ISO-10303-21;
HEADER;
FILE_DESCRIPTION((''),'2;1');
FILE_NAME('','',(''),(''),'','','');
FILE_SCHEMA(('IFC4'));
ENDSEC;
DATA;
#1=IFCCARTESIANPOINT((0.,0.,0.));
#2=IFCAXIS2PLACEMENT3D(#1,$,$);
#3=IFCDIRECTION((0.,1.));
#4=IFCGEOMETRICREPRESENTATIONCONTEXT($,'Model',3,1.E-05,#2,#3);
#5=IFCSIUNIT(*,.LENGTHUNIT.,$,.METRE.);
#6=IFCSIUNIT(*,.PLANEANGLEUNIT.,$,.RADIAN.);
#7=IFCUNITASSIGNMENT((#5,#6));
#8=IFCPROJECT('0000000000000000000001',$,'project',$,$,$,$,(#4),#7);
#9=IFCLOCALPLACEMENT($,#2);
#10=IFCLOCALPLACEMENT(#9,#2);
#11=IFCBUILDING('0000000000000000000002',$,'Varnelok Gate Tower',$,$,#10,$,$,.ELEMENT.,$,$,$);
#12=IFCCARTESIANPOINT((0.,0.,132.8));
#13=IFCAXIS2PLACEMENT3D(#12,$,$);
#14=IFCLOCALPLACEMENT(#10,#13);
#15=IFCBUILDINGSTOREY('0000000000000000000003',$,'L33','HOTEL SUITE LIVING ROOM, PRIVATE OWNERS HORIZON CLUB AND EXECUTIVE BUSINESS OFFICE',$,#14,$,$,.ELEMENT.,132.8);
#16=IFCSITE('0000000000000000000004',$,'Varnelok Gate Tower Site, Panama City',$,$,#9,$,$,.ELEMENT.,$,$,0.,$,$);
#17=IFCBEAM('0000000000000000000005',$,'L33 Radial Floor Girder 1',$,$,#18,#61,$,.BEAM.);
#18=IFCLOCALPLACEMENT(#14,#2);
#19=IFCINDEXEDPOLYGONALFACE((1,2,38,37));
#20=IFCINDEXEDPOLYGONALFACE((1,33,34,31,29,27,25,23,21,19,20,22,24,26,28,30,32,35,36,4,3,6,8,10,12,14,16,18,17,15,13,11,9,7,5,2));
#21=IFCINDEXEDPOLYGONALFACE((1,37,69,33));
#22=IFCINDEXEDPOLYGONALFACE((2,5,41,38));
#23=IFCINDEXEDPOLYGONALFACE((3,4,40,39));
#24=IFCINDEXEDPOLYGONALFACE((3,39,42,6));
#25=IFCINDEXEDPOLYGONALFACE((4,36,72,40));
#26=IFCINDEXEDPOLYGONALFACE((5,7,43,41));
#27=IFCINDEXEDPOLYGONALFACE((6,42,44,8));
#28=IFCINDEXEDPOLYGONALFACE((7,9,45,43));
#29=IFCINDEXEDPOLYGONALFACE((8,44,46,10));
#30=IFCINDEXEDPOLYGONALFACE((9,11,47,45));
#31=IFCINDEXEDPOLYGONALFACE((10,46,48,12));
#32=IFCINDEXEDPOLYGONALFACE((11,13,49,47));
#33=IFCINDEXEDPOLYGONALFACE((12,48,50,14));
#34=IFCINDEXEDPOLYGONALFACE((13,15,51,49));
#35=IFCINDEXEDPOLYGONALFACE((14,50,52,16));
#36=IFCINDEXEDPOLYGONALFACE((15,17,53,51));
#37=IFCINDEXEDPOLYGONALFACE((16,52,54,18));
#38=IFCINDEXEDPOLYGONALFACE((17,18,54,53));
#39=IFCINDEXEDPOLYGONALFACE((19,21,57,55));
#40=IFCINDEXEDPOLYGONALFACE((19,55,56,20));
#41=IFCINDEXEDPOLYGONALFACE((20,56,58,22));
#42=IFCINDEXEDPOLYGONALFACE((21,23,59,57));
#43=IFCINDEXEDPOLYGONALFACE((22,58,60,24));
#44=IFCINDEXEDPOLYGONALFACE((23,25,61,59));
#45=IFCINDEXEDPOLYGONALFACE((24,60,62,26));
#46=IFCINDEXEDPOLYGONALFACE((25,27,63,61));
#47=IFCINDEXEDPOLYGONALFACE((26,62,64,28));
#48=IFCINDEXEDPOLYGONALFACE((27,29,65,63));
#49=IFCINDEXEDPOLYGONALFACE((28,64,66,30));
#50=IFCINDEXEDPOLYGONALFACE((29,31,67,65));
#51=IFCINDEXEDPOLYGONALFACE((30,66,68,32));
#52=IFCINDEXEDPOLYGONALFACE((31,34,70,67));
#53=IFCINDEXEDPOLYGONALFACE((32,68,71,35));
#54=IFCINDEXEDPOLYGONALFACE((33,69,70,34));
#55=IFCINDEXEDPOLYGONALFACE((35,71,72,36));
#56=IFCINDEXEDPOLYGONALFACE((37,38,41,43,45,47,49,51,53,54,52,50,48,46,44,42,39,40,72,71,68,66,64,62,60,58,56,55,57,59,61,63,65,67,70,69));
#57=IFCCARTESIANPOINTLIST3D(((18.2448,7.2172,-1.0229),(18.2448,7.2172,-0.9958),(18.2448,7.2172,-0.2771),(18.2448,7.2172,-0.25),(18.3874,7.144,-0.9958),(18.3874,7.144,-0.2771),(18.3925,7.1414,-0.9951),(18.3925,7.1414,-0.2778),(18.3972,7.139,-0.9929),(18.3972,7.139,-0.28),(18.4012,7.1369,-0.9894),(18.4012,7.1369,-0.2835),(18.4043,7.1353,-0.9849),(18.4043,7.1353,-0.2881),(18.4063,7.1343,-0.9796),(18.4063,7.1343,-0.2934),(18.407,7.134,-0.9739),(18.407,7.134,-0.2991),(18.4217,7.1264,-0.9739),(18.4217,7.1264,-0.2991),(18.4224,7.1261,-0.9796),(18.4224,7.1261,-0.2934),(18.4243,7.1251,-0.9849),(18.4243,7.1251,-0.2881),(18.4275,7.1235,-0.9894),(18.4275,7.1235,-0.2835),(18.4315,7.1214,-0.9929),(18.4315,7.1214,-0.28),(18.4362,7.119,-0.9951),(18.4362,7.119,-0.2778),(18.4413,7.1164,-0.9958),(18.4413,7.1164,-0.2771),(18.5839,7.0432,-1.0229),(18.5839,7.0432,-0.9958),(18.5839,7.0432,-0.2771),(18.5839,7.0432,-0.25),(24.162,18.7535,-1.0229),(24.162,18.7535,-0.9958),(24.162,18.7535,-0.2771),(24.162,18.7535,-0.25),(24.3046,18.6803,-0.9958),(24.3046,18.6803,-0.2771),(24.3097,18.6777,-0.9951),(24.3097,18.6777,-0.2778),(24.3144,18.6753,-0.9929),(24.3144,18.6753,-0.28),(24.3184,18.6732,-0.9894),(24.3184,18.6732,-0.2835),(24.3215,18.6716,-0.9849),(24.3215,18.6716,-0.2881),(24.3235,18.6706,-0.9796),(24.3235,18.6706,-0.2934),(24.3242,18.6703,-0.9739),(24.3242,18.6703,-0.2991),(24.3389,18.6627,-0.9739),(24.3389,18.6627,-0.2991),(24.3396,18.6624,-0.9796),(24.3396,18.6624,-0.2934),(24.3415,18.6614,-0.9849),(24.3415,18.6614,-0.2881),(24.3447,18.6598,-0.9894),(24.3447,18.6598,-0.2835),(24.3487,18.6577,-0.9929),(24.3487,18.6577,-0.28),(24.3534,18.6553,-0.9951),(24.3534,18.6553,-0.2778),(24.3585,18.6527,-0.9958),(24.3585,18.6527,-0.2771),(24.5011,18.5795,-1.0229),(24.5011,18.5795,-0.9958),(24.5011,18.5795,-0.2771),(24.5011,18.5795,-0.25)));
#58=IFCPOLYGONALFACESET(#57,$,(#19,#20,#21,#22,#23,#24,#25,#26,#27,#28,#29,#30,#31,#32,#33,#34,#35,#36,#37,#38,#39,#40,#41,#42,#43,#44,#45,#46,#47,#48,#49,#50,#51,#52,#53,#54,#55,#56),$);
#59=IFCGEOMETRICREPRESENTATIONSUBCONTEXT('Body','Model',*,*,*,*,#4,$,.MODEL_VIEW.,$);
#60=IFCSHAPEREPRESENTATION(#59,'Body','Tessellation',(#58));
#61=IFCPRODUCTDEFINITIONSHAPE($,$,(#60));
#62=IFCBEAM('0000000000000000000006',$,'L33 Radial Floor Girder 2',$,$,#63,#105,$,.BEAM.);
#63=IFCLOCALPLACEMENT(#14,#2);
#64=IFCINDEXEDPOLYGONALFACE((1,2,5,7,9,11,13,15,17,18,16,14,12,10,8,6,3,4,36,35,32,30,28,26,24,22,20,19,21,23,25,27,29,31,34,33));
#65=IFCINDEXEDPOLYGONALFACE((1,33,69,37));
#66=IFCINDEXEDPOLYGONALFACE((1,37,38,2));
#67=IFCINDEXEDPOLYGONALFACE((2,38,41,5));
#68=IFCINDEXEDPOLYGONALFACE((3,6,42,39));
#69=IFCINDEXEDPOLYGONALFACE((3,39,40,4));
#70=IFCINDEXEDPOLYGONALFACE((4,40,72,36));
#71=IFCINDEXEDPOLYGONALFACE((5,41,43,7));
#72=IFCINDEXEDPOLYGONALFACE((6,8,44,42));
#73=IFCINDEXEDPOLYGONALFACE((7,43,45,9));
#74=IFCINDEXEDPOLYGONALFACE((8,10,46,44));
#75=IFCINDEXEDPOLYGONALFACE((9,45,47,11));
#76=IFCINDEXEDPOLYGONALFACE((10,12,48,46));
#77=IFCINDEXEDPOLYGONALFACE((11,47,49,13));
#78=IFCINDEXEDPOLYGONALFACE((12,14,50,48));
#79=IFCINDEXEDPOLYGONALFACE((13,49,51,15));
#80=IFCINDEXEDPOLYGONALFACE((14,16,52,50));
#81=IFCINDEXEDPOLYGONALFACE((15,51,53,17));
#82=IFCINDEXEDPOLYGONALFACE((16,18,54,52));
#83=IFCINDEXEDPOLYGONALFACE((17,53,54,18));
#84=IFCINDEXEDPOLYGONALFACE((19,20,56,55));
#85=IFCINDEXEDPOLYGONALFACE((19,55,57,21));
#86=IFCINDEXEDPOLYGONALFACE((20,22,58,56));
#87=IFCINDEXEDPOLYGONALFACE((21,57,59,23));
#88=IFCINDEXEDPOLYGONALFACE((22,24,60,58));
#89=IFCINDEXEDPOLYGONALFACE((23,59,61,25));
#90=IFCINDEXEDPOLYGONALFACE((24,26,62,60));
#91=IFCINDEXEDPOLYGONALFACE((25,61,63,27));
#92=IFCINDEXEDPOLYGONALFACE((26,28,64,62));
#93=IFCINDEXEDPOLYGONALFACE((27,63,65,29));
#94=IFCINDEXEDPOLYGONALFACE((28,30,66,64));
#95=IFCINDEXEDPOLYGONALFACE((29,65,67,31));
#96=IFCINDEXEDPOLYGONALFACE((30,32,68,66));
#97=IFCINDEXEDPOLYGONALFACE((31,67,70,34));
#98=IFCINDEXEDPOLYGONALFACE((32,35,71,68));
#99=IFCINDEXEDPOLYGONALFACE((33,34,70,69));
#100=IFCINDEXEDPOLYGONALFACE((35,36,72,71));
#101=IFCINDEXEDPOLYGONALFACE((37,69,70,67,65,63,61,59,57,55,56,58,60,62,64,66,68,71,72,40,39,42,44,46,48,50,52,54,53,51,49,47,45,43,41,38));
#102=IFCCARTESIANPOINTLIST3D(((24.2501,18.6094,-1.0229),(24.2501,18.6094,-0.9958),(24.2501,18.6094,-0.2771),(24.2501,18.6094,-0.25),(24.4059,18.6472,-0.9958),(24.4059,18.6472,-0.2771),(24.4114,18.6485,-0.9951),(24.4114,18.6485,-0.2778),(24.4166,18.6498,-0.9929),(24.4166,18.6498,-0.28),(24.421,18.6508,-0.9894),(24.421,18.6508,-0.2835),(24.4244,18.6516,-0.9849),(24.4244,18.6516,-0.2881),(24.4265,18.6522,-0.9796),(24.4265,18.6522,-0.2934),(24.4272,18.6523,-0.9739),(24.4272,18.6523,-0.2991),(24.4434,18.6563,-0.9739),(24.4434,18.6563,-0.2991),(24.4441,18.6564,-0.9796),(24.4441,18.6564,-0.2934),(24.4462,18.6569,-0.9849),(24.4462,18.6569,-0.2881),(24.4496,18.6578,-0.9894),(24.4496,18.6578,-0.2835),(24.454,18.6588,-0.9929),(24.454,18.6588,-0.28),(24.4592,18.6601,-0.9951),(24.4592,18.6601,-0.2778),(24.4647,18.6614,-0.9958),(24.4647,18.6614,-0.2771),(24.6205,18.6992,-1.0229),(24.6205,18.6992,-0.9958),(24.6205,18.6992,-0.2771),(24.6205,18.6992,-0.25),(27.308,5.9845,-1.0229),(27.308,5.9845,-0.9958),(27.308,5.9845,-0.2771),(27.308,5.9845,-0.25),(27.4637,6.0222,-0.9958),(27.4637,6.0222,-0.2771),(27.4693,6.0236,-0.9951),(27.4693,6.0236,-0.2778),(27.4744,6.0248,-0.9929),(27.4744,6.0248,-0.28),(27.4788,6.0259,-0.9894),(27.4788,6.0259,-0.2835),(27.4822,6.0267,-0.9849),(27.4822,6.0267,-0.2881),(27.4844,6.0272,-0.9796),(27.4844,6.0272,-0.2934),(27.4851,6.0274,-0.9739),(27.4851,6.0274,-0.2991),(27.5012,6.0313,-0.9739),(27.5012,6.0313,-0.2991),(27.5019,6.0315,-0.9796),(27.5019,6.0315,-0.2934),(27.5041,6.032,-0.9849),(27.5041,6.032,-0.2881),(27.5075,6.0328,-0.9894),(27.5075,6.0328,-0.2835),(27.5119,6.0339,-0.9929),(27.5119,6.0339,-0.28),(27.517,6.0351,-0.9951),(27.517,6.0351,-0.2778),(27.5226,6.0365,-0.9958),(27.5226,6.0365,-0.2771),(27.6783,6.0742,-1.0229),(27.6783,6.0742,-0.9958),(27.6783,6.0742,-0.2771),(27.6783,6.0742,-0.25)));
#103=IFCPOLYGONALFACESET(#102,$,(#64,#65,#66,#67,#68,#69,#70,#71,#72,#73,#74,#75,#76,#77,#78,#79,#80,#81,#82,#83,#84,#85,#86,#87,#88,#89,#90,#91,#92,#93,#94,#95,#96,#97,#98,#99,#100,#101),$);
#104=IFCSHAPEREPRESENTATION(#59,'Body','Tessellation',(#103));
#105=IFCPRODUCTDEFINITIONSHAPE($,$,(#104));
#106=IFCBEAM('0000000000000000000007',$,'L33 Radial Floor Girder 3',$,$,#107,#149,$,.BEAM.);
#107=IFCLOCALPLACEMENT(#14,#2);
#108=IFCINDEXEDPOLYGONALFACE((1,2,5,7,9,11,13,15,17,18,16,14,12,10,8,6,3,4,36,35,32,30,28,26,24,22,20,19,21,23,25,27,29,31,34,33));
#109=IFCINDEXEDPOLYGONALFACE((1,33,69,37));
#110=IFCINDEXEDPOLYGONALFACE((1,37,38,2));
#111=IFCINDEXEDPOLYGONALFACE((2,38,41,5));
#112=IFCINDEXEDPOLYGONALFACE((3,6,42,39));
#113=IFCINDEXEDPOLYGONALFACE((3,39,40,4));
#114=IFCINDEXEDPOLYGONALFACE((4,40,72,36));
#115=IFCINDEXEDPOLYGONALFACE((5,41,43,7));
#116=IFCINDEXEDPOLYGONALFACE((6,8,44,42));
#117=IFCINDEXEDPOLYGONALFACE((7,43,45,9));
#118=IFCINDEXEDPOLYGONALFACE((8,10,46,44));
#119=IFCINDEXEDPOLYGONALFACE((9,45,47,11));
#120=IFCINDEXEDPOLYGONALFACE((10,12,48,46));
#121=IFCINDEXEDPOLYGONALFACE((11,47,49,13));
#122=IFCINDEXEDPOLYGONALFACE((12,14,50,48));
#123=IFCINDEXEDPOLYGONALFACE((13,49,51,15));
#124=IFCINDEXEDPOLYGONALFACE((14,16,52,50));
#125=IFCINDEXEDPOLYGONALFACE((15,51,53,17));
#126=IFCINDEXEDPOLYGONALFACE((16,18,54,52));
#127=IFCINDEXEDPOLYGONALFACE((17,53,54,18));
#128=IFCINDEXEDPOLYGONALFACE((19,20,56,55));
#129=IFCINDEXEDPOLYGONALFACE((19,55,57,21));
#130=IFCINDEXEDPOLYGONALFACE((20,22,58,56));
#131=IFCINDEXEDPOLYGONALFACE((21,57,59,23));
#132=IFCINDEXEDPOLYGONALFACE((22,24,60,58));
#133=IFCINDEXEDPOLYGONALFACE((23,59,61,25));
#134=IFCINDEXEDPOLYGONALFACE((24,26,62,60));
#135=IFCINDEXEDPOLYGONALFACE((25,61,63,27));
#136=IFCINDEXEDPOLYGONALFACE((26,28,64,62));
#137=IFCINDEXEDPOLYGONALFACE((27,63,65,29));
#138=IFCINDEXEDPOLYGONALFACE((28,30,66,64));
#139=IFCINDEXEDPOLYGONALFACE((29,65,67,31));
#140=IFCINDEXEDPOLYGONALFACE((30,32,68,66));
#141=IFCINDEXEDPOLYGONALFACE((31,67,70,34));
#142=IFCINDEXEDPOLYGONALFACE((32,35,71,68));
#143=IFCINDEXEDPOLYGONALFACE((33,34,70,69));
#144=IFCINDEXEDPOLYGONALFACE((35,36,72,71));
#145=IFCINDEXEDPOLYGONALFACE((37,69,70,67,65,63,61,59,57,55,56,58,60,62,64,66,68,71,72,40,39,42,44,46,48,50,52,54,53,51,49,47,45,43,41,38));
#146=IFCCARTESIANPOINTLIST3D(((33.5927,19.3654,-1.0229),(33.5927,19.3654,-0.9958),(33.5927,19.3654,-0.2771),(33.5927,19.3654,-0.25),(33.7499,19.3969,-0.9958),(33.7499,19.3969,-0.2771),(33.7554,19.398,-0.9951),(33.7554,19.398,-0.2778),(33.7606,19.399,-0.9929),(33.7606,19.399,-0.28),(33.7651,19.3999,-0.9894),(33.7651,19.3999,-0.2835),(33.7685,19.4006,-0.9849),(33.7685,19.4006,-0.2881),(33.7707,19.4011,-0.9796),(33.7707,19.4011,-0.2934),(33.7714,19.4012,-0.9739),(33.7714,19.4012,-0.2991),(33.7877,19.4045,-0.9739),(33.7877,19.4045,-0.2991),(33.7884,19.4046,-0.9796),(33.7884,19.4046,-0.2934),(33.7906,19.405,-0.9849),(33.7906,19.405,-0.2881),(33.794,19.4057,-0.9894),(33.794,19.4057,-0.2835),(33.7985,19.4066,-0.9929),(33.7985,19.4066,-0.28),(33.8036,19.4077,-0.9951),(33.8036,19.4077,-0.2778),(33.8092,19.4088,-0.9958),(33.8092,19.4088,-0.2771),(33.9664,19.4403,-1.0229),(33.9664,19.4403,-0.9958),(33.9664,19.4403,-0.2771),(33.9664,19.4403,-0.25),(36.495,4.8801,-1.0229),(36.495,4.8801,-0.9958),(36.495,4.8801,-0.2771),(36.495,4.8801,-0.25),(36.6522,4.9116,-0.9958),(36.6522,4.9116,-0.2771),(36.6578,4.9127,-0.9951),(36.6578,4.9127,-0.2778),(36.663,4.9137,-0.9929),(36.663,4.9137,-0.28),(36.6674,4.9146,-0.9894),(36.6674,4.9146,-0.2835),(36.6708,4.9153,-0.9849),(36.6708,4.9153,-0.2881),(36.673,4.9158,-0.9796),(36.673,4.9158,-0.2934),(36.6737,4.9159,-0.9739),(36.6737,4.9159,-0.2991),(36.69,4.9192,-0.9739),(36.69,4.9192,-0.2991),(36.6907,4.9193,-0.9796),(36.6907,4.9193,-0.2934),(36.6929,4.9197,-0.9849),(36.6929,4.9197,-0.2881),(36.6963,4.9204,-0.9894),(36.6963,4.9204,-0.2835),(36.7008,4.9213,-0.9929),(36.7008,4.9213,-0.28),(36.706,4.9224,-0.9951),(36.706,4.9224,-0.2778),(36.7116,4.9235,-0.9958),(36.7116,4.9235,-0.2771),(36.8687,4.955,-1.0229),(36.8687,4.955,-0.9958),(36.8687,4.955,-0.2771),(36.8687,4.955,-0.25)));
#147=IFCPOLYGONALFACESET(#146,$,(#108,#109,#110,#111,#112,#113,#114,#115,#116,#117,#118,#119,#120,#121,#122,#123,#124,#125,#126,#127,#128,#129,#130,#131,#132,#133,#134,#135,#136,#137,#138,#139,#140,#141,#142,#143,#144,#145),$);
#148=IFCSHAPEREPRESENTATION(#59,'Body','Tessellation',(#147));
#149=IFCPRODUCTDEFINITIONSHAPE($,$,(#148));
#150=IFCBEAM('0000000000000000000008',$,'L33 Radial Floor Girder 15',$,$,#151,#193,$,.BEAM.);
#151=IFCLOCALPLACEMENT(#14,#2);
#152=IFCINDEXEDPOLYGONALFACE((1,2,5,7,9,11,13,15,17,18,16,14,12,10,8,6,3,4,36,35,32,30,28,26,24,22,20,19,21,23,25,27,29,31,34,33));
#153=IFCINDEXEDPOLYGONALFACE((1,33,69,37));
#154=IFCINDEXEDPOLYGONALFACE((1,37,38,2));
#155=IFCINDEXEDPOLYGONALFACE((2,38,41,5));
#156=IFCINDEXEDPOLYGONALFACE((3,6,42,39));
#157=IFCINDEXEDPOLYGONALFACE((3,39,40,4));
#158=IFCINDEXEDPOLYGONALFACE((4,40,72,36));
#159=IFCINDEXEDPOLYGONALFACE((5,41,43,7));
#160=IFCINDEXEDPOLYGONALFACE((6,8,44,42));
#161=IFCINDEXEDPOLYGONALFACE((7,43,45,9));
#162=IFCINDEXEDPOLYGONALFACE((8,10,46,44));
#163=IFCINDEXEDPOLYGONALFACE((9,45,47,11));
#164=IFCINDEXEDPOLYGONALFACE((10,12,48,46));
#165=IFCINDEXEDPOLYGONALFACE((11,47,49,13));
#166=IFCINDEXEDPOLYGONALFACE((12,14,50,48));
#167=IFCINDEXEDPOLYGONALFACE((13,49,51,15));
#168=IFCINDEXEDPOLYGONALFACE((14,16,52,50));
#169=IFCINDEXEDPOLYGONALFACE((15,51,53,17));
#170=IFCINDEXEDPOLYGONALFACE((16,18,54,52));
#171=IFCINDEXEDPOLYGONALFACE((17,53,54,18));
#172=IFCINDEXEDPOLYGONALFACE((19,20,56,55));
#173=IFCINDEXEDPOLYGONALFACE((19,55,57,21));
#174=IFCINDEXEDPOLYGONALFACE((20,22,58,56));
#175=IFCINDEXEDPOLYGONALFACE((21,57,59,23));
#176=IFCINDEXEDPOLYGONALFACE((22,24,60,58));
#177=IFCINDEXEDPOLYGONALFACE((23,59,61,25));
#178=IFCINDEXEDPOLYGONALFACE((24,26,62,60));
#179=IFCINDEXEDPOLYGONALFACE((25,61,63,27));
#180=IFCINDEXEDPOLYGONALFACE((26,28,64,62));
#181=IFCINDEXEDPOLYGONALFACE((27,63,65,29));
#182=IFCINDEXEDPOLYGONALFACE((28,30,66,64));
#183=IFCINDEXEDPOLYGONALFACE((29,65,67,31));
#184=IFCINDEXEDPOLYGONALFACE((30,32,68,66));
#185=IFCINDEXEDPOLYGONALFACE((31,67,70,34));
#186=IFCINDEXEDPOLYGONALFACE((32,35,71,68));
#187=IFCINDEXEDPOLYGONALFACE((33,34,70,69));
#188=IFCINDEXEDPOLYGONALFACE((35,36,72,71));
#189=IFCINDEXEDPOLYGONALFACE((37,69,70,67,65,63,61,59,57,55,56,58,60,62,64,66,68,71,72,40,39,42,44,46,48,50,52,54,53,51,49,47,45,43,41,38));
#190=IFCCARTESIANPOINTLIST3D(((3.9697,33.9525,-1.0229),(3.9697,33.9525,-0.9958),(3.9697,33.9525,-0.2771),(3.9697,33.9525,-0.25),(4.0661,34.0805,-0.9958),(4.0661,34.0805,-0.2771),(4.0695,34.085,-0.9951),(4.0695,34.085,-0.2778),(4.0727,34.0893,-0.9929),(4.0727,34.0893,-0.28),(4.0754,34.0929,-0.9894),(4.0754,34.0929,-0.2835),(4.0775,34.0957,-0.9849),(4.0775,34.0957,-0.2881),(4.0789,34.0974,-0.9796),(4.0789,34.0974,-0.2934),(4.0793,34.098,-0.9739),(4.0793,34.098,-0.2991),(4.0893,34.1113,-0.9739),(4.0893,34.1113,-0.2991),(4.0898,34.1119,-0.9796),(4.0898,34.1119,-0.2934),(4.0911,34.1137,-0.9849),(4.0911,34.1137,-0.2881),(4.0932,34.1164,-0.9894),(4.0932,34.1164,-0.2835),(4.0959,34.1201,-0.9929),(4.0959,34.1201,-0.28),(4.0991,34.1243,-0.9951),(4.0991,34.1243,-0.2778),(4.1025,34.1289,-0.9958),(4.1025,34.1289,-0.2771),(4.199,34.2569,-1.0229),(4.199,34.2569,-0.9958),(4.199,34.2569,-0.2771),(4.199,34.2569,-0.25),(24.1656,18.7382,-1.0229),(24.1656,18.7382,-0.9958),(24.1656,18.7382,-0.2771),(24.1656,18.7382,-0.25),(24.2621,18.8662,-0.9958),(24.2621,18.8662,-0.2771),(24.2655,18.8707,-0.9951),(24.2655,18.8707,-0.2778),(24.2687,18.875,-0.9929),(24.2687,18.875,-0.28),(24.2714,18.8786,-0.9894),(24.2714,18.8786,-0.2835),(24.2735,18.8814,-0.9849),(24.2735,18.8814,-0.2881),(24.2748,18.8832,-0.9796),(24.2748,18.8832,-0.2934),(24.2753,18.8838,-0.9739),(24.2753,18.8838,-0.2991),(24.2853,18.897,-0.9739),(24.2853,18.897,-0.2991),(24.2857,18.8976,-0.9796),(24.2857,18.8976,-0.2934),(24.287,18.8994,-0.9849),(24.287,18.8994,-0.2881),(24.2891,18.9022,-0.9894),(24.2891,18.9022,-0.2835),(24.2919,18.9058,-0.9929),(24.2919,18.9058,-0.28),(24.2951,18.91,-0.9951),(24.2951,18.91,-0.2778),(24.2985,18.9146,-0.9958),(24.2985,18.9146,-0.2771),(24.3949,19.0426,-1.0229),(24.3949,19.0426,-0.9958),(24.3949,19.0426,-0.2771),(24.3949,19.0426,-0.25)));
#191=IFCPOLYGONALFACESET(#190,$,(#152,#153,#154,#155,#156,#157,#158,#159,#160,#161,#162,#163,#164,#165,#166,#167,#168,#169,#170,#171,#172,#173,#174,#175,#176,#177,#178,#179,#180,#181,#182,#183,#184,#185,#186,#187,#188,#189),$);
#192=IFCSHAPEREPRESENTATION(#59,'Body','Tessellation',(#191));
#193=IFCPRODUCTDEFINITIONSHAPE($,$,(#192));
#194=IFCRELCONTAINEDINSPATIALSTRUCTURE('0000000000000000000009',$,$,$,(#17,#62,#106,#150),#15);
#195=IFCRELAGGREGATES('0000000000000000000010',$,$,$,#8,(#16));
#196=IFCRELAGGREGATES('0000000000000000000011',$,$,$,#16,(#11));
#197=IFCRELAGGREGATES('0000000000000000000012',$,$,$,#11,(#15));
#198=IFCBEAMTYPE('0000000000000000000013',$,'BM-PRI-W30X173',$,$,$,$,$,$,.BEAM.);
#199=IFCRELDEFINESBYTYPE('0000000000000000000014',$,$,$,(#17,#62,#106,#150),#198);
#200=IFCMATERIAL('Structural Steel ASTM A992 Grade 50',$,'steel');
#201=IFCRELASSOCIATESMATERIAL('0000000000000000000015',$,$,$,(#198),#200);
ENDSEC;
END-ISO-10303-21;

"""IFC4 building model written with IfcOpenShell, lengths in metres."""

from ifc_helpers import new_model, si_unit, direction, frame, origin, origin_2d, place, context, subcontext, project, spatial, i_section, extrude, material, material_profile, profile_set, type_object, element, save


model = new_model("IFC4")

# Units and contexts
model_context = context("Model", 3, precision=1e-05, world=origin(), true_north=direction((0.0, 1.0)))
body_context = subcontext(model_context, "Body", "Model", "MODEL_VIEW")
ifc_project = project(units=[si_unit("LENGTHUNIT", "METRE"), si_unit("PLANEANGLEUNIT", "RADIAN")], contexts=[model_context])

# Site, building, storey
site_placement = place(None, origin())
site = spatial("IfcSite", under=ifc_project, at=site_placement, Name="Varnelok Gate Tower Site, Panama City", CompositionType="ELEMENT", RefElevation=0.0)
building_placement = place(site_placement, origin())
building = spatial("IfcBuilding", under=site, at=building_placement, Name="Varnelok Gate Tower", CompositionType="ELEMENT")
storey_placement = place(building_placement, frame((0.0, 0.0, 132.8)))
storey = spatial("IfcBuildingStorey", under=building, at=storey_placement, Name="L33", Description="HOTEL SUITE LIVING ROOM, PRIVATE OWNERS HORIZON CLUB AND EXECUTIVE BUSINESS OFFICE", CompositionType="ELEMENT", Elevation=132.8)

# Shared definitions
ifc_material_1 = material(Name="Structural Steel ASTM A992 Grade 50", Category="steel")

# Beams
ifc_material_profile_1 = material_profile(ifc_material_1, i_section(OverallWidth=0.3811, OverallDepth=0.7729, WebThickness=0.0166, FlangeThickness=0.0271, FilletRadius=0.022, at=origin_2d()), Name="W30X173")
ifc_profile_set_1 = profile_set([ifc_material_profile_1], Name="Structural Steel ASTM A992 Grade 50")
beam_type_1 = type_object("IfcBeamType", Name="BM-PRI-W30X173", PredefinedType="BEAM", material=ifc_profile_set_1)
beam_1_placement = place(storey_placement, frame((24.3315, 18.6665, -0.6365), z_axis=(-0.456387, -0.889782, 0.0), x_axis=(0.889782, -0.456387, 0.0)))
element("IfcBeam", 1, at=beam_1_placement, inside=storey, type_object=beam_type_1, Name="L33 Radial Floor Girder 1", PredefinedType="BEAM", context=body_context, shape_type="SweptSolid", body=[
    extrude(i_section(OverallWidth=0.3811, OverallDepth=0.7729, WebThickness=0.0166, FlangeThickness=0.0271, FilletRadius=0.022, at=origin_2d()), origin(), (0.0, 0.0, 1.0), 12.9653),
])
beam_2_placement = place(storey_placement, frame((24.4353, 18.6543, -0.6365), z_axis=(0.2354, -0.971898, 0.0), x_axis=(0.971898, 0.2354, 0.0)))
element("IfcBeam", 2, at=beam_2_placement, inside=storey, type_object=beam_type_1, Name="L33 Radial Floor Girder 2", PredefinedType="BEAM", context=body_context, shape_type="SweptSolid", body=[
    extrude(i_section(OverallWidth=0.3811, OverallDepth=0.7729, WebThickness=0.0166, FlangeThickness=0.0271, FilletRadius=0.022, at=origin_2d()), origin(), (0.0, 0.0, 1.0), 12.99),
])
beam_3_placement = place(storey_placement, frame((33.7795, 19.4028, -0.6365), z_axis=(0.196459, -0.980512, 0.0), x_axis=(0.980512, 0.196459, 0.0)))
element("IfcBeam", 3, at=beam_3_placement, inside=storey, type_object=beam_type_1, Name="L33 Radial Floor Girder 3", PredefinedType="BEAM", context=body_context, shape_type="SweptSolid", body=[
    extrude(i_section(OverallWidth=0.3811, OverallDepth=0.7729, WebThickness=0.0166, FlangeThickness=0.0271, FilletRadius=0.022, at=origin_2d()), origin(), (0.0, 0.0, 1.0), 14.7732),
])
beam_4_placement = place(storey_placement, frame((24.2803, 18.8904, -0.6365), z_axis=(-0.79872, 0.601703, 0.0), x_axis=(-0.601703, -0.79872, 0.0)))
element("IfcBeam", 4, at=beam_4_placement, inside=storey, type_object=beam_type_1, Name="L33 Radial Floor Girder 15", PredefinedType="BEAM", context=body_context, shape_type="SweptSolid", body=[
    extrude(i_section(OverallWidth=0.3811, OverallDepth=0.7729, WebThickness=0.0166, FlangeThickness=0.0271, FilletRadius=0.022, at=origin_2d()), origin(), (0.0, 0.0, 1.0), 25.2854),
])

save(model, "model.ifc")
